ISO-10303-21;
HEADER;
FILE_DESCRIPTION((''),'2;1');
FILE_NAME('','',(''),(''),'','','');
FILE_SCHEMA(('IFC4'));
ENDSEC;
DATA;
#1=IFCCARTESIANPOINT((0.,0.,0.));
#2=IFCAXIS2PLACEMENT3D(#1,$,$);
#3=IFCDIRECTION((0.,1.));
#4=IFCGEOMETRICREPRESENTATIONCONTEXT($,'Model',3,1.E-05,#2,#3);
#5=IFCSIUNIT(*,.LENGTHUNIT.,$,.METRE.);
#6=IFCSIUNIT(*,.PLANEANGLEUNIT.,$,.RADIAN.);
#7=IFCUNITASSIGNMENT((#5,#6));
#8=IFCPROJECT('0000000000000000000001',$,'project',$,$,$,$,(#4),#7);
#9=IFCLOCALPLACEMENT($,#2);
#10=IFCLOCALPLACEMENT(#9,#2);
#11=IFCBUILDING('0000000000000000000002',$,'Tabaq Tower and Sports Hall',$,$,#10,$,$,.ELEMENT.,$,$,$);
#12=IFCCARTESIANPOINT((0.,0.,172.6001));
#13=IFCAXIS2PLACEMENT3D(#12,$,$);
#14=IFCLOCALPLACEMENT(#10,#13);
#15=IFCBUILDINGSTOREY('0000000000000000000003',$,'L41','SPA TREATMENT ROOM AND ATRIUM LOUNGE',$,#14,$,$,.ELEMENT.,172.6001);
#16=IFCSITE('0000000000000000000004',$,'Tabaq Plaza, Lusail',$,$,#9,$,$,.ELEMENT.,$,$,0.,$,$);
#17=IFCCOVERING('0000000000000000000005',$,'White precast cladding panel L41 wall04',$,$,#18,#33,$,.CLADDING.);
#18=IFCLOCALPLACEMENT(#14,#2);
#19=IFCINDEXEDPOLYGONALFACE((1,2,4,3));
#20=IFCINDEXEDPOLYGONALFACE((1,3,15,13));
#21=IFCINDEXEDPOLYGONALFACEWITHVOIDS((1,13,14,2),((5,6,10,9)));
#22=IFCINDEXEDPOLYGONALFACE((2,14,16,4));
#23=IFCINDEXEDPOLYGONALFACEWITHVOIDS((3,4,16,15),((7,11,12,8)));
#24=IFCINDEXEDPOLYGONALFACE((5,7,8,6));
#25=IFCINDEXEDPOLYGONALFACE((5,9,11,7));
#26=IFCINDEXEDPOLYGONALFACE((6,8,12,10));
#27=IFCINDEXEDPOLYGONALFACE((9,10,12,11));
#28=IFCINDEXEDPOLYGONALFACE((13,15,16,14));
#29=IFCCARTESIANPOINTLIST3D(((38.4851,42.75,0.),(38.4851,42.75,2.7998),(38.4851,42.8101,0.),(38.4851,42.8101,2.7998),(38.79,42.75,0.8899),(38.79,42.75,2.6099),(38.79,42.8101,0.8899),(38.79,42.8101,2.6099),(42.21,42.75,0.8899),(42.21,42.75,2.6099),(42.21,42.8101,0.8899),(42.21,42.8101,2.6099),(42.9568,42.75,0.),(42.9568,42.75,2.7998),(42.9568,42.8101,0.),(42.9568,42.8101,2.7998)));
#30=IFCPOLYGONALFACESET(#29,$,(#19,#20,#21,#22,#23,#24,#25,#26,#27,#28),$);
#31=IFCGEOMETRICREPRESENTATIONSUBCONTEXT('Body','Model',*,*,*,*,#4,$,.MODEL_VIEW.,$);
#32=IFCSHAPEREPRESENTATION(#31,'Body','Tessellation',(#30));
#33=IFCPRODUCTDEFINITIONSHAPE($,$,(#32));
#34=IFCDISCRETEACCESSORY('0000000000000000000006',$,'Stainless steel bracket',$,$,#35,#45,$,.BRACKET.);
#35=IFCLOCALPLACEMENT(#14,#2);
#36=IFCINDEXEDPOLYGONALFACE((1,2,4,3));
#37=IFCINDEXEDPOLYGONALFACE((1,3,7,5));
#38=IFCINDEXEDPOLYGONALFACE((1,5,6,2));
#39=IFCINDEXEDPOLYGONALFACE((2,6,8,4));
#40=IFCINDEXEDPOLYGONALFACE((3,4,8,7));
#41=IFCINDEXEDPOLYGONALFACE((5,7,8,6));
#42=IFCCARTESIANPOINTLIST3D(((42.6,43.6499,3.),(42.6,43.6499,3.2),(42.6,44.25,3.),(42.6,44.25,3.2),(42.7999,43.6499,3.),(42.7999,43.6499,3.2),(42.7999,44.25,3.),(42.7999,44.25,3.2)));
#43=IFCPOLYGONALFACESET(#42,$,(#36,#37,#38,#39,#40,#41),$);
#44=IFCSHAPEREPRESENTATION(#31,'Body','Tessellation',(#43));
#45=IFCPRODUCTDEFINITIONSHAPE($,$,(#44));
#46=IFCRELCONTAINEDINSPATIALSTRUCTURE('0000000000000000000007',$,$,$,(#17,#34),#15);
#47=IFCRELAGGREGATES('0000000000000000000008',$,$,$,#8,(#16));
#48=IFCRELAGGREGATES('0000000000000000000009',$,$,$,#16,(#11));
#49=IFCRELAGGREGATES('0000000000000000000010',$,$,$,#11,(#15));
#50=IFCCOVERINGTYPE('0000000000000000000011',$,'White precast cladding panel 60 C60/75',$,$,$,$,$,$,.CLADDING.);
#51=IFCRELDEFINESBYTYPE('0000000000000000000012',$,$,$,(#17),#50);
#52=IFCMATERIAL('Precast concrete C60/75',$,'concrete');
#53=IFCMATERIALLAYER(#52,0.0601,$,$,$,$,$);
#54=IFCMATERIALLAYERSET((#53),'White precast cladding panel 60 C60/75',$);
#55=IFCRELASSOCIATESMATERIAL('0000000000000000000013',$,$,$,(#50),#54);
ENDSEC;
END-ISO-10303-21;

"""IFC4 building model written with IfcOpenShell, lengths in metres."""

from ifc_helpers import new_model, si_unit, direction, frame, origin, origin_2d, place, context, subcontext, project, spatial, polyline, rectangle, outline, extrude, material, layer, layer_set, type_object, element, save


model = new_model("IFC4")

# Units and contexts
model_context = context("Model", 3, precision=1e-05, world=origin(), true_north=direction((0.0, 1.0)))
body_context = subcontext(model_context, "Body", "Model", "MODEL_VIEW")
ifc_project = project(units=[si_unit("LENGTHUNIT", "METRE"), si_unit("PLANEANGLEUNIT", "RADIAN")], contexts=[model_context])

# Site, building, storey
site_placement = place(None, origin())
site = spatial("IfcSite", under=ifc_project, at=site_placement, Name="Tabaq Plaza, Lusail", CompositionType="ELEMENT", RefElevation=0.0)
building_placement = place(site_placement, origin())
building = spatial("IfcBuilding", under=site, at=building_placement, Name="Tabaq Tower and Sports Hall", CompositionType="ELEMENT")
storey_placement = place(building_placement, frame((0.0, 0.0, 172.6001)))
storey = spatial("IfcBuildingStorey", under=building, at=storey_placement, Name="L41", Description="SPA TREATMENT ROOM AND ATRIUM LOUNGE", CompositionType="ELEMENT", Elevation=172.6001)

# Covering
ifc_material_1 = material(Name="Precast concrete C60/75", Category="concrete")
ifc_layer_1 = layer(ifc_material_1, 0.0601)
ifc_layer_set_1 = layer_set([ifc_layer_1], Name="White precast cladding panel 60 C60/75")
covering_type_1 = type_object("IfcCoveringType", Name="White precast cladding panel 60 C60/75", PredefinedType="CLADDING", material=ifc_layer_set_1)
covering_1_placement = place(storey_placement, frame((42.9568, 42.78, 0.0), z_axis=(0.0, 0.0, 1.0), x_axis=(-1.0, 0.0, 0.0)))
element("IfcCovering", 1, at=covering_1_placement, inside=storey, type_object=covering_type_1, Name="White precast cladding panel L41 wall04", PredefinedType="CLADDING", context=body_context, shape_type="SweptSolid", body=[
    extrude(outline(polyline([(0.0, 0.0), (4.4717, 0.0), (4.4717, 2.7998), (0.0, 2.7998), (0.0, 0.0)]), holes=[polyline([(0.7468, 0.8899), (0.7468, 2.6099), (4.1667, 2.6099), (4.1667, 0.8899), (0.7468, 0.8899)])]), frame((0.0, 0.03, 0.0), z_axis=(0.0, -1.0, 0.0), x_axis=(1.0, 0.0, 0.0)), (0.0, 0.0, 1.0), 0.0601),
])

# Discrete accessory
discrete_accessory_placement = place(storey_placement, frame((42.7, 43.95, 3.0), z_axis=(0.0, 0.0, 1.0), x_axis=(0.0, 1.0, 0.0)))
element("IfcDiscreteAccessory", 2, at=discrete_accessory_placement, inside=storey, Name="Stainless steel bracket", PredefinedType="BRACKET", context=body_context, shape_type="SweptSolid", body=[
    extrude(rectangle(XDim=0.6001, YDim=0.2, at=origin_2d()), origin(), (0.0, 0.0, 1.0), 0.2),
])

save(model, "model.ifc")
